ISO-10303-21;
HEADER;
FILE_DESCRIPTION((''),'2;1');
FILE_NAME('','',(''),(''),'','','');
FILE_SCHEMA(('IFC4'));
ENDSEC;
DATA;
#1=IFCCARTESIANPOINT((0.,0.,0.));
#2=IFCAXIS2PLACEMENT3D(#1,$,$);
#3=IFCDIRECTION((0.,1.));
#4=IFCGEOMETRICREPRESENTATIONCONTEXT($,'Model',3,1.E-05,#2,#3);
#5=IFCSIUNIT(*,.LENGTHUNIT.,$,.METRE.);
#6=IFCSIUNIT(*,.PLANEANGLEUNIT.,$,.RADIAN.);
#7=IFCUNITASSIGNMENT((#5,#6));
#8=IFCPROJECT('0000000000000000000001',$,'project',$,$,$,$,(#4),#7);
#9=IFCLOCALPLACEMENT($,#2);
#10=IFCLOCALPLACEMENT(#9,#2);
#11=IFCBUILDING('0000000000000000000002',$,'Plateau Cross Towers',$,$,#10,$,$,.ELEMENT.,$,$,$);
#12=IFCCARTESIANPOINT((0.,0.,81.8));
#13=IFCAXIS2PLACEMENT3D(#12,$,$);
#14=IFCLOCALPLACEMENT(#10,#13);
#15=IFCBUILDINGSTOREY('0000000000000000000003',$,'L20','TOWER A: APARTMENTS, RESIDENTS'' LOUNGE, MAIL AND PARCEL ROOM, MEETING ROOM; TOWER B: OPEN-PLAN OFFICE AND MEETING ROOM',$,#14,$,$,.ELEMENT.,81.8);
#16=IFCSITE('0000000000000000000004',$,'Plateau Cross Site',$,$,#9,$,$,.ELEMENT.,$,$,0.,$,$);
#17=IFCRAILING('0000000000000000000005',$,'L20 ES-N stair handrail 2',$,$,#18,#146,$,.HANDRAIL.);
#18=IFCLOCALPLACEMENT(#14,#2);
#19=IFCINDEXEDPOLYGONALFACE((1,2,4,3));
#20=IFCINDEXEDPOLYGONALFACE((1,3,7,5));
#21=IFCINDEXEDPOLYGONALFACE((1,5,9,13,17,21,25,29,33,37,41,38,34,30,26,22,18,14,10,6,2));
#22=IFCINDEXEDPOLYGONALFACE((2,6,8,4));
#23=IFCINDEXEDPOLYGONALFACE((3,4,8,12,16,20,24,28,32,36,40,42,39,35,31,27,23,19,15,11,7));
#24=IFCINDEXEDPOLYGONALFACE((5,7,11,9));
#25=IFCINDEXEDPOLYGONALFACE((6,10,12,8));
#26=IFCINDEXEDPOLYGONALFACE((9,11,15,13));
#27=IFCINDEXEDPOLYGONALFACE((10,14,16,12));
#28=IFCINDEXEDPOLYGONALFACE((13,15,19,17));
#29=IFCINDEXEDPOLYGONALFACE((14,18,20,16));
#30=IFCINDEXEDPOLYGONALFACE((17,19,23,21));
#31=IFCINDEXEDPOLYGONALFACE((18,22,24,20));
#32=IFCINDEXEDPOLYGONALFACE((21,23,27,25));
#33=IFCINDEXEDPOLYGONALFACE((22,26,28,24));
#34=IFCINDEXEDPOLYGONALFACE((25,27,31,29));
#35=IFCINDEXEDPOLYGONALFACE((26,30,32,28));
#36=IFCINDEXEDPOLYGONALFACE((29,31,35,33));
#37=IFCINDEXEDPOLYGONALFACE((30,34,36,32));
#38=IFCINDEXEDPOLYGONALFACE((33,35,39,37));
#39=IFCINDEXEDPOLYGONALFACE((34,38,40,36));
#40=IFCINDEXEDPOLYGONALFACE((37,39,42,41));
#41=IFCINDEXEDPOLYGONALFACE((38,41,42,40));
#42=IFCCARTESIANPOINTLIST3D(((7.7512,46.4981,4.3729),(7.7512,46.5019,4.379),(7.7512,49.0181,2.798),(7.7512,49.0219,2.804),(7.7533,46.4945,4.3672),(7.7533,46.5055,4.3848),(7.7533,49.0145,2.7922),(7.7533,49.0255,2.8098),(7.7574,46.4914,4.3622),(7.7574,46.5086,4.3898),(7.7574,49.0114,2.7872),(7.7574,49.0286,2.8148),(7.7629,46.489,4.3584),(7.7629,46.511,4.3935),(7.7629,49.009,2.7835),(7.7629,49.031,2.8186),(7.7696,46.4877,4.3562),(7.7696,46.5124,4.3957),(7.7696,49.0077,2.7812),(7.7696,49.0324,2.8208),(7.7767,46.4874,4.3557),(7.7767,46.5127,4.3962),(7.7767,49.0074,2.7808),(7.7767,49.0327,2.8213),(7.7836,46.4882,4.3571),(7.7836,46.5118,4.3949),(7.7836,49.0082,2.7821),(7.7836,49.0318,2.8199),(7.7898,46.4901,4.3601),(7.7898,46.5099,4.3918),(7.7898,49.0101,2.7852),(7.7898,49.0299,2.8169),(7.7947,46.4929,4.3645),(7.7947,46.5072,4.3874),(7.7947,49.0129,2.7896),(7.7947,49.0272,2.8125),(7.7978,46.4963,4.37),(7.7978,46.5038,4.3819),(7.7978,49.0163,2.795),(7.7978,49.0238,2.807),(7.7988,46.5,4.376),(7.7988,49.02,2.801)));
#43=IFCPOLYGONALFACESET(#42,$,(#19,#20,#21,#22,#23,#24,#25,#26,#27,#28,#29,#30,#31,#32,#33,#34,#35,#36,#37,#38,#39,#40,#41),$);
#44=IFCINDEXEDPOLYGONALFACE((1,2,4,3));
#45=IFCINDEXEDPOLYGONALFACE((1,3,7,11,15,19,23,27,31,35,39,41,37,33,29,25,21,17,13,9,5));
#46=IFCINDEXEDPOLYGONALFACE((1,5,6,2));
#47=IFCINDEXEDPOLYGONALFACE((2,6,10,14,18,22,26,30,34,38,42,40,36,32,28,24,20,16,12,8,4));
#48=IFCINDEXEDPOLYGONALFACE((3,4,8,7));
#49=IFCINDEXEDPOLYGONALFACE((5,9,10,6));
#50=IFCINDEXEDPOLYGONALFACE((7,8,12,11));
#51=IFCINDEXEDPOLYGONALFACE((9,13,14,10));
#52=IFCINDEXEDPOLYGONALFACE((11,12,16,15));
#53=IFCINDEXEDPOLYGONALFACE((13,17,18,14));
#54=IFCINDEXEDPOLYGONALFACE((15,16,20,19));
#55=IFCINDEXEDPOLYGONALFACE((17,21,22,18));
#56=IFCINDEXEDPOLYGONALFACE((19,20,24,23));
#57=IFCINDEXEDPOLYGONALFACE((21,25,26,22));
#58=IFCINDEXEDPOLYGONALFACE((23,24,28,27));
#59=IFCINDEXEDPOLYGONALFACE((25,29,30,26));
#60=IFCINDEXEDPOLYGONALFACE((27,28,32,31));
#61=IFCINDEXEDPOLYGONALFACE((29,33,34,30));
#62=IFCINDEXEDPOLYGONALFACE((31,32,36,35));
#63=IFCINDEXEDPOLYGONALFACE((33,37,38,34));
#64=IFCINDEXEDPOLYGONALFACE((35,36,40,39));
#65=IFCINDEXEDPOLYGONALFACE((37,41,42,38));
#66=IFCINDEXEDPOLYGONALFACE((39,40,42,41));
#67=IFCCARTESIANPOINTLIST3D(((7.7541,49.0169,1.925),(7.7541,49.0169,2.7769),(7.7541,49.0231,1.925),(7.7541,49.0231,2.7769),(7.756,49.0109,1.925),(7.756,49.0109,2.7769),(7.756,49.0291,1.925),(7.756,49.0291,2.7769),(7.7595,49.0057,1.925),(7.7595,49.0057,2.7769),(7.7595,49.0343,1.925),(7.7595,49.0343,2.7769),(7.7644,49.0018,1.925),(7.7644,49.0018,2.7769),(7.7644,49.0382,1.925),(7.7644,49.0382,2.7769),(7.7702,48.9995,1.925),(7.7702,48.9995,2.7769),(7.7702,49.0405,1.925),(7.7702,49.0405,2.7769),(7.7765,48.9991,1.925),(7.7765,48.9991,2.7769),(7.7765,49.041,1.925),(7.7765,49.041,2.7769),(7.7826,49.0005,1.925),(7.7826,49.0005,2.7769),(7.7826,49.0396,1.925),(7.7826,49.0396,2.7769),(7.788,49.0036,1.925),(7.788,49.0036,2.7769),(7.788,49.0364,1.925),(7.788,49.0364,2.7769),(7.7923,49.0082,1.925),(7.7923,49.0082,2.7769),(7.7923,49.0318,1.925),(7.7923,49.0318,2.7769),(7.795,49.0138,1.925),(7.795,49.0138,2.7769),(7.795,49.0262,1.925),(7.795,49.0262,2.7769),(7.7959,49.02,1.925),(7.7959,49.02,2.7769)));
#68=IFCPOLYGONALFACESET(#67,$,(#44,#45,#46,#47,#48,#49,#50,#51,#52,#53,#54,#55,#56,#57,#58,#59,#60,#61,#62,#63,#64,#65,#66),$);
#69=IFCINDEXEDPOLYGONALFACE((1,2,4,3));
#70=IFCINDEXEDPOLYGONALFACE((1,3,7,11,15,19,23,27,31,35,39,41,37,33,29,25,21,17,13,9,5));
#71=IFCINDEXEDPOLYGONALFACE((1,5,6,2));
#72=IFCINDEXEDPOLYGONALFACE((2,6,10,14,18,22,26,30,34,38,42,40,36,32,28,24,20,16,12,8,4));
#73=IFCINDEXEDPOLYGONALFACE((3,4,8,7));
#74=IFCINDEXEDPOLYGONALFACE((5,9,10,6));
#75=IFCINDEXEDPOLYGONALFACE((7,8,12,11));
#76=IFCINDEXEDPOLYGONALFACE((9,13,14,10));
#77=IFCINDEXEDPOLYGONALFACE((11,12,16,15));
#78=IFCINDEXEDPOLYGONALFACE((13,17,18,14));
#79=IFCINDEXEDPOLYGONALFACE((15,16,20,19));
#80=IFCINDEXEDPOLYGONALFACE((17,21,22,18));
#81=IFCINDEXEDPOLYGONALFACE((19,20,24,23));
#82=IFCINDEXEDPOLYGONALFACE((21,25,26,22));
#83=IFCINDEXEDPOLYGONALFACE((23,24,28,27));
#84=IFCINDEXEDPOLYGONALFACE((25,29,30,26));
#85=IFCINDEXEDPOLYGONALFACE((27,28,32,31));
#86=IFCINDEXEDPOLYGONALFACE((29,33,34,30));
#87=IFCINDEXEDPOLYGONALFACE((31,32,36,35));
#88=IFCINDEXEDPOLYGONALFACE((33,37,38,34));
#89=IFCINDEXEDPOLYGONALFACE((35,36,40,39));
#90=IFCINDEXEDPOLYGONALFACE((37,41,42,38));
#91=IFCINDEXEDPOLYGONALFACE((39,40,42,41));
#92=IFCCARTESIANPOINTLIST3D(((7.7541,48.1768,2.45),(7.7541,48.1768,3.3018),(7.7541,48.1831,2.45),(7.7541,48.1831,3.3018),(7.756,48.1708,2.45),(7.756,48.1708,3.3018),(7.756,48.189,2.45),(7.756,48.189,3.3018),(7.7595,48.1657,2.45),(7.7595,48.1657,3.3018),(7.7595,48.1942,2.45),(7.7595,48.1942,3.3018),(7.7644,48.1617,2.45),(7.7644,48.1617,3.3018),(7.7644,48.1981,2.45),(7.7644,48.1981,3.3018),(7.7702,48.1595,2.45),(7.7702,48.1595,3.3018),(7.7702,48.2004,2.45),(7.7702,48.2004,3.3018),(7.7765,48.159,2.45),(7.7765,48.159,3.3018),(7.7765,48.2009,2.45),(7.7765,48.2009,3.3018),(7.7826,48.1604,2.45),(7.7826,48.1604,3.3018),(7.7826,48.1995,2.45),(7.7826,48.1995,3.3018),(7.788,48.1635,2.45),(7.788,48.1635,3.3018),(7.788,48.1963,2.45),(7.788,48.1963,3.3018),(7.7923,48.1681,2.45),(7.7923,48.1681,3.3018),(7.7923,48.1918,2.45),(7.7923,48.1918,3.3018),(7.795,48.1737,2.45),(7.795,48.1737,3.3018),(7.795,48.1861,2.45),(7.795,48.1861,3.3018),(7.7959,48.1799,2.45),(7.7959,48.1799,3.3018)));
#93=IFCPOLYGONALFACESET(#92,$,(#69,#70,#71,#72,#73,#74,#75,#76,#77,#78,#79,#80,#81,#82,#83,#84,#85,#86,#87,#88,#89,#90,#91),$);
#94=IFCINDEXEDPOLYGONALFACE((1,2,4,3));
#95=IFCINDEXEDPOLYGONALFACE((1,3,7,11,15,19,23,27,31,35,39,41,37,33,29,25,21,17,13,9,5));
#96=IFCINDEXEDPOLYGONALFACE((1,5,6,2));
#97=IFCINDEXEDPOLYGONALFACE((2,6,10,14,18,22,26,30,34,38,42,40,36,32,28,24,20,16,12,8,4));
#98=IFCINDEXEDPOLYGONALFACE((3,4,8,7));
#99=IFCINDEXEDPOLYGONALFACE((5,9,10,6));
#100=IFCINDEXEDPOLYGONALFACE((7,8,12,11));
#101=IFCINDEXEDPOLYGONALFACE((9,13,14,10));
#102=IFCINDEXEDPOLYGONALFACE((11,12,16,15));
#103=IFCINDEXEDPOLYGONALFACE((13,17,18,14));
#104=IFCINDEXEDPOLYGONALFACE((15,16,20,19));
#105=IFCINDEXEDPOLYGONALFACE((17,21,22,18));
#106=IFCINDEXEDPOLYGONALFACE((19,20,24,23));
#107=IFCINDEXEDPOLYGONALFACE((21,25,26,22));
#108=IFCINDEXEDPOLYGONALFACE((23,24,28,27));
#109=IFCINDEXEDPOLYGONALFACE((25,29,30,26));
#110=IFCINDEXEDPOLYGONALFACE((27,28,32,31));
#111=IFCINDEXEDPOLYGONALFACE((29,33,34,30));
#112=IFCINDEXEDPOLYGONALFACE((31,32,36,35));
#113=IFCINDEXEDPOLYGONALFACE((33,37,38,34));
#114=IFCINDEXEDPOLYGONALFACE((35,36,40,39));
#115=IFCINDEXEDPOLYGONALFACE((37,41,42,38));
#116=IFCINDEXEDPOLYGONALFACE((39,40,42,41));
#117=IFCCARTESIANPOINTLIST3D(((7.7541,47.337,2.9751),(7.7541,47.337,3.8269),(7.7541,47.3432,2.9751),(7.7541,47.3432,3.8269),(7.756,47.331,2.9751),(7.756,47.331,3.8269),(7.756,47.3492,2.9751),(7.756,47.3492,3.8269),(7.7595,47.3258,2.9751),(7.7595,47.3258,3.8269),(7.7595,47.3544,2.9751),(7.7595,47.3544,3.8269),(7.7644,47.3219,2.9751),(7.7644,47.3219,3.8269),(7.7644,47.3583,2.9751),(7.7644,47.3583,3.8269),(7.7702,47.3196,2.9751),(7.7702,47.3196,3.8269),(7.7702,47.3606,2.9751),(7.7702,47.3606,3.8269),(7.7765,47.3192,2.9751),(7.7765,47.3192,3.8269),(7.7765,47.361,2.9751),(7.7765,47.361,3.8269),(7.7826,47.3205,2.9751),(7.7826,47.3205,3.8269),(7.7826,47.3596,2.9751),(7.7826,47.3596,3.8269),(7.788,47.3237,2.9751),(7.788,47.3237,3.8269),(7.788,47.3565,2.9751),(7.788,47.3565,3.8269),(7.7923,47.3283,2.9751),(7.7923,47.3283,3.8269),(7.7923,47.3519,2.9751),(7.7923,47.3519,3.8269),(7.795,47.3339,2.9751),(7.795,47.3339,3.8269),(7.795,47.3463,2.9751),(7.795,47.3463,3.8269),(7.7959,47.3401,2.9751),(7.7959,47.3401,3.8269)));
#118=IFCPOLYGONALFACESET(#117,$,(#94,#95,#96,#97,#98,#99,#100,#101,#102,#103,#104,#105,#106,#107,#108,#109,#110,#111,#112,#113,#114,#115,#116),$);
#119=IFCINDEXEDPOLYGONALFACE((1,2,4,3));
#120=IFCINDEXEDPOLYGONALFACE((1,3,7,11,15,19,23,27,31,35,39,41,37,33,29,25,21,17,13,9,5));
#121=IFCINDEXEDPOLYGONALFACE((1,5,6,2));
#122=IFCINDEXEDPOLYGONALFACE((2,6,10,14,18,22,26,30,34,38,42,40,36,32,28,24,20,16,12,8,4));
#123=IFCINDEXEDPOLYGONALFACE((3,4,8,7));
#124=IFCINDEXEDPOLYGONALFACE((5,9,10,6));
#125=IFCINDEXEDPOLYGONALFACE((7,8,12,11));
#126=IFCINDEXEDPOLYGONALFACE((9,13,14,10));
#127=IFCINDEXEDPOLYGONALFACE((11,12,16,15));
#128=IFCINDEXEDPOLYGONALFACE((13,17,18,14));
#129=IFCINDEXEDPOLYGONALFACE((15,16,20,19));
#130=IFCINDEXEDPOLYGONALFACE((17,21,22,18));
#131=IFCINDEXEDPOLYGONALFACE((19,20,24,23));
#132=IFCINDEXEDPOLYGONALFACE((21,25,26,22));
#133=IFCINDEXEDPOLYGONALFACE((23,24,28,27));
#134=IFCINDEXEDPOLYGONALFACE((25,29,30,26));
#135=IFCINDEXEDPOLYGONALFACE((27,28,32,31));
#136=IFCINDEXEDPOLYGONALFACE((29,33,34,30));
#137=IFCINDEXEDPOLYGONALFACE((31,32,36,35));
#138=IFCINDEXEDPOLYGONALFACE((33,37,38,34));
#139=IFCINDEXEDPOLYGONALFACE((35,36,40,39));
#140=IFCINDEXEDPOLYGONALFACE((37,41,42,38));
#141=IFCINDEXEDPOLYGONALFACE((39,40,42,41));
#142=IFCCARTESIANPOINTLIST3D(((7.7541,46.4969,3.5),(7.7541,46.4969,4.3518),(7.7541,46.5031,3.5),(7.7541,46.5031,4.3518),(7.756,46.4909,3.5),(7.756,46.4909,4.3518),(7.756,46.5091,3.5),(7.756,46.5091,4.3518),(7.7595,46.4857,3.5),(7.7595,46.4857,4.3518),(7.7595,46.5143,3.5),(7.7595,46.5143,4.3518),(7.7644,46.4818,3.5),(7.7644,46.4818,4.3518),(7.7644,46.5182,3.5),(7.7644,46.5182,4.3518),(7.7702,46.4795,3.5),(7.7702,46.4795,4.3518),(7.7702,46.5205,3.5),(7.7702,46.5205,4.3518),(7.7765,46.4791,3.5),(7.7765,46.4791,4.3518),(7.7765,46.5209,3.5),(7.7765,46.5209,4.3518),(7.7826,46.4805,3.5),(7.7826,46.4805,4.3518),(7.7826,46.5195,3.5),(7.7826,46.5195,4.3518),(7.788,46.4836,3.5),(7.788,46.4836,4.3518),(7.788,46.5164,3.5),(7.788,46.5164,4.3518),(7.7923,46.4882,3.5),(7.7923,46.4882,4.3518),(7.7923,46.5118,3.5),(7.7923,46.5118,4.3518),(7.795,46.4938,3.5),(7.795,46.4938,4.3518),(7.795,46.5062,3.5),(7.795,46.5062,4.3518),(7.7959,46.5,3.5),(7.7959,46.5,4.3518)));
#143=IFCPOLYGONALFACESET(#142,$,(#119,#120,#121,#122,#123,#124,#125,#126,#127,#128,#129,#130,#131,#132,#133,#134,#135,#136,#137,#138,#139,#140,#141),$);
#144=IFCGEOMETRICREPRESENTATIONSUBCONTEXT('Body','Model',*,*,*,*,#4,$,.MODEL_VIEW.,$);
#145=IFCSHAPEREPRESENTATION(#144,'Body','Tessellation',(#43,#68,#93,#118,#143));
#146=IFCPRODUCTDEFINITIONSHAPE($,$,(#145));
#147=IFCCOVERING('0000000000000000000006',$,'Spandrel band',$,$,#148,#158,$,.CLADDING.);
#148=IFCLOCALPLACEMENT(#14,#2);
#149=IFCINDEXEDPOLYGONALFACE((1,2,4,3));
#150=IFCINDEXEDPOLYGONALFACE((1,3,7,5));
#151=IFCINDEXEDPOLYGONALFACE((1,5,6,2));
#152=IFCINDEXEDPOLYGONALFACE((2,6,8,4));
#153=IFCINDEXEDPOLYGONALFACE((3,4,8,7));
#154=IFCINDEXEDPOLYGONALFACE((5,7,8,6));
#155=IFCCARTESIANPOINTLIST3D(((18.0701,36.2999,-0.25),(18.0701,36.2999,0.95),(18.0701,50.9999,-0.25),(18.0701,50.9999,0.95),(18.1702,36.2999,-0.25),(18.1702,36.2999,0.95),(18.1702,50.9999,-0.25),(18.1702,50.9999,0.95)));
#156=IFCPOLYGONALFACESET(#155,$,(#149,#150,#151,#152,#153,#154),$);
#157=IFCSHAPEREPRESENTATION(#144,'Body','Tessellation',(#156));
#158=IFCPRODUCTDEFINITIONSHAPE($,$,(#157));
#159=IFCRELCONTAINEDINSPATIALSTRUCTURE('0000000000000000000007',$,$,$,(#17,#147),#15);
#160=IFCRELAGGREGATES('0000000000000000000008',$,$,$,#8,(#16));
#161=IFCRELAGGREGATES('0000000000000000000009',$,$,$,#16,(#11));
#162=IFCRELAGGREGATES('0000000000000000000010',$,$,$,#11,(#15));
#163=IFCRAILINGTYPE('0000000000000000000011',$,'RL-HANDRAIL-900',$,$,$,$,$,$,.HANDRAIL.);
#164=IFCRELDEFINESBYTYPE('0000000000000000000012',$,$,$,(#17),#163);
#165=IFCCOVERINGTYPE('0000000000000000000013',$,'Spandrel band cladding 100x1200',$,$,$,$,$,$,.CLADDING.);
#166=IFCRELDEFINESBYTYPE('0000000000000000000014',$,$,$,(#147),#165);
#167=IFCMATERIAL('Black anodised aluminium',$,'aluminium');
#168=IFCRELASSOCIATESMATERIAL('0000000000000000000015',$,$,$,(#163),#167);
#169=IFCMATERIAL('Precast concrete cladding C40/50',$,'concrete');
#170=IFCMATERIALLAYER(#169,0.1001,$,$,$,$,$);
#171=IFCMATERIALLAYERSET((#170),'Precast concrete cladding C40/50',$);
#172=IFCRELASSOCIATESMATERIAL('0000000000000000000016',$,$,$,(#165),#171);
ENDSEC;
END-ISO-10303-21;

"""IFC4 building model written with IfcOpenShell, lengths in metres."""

from ifc_helpers import new_model, si_unit, direction, frame, origin, origin_2d, place, context, subcontext, project, spatial, rectangle, circle, extrude, material, layer, layer_set, type_object, element, save


model = new_model("IFC4")

# Units and contexts
model_context = context("Model", 3, precision=1e-05, world=origin(), true_north=direction((0.0, 1.0)))
body_context = subcontext(model_context, "Body", "Model", "MODEL_VIEW")
ifc_project = project(units=[si_unit("LENGTHUNIT", "METRE"), si_unit("PLANEANGLEUNIT", "RADIAN")], contexts=[model_context])

# Site, building, storey
site_placement = place(None, origin())
site = spatial("IfcSite", under=ifc_project, at=site_placement, Name="Plateau Cross Site", CompositionType="ELEMENT", RefElevation=0.0)
building_placement = place(site_placement, origin())
building = spatial("IfcBuilding", under=site, at=building_placement, Name="Plateau Cross Towers", CompositionType="ELEMENT")
storey_placement = place(building_placement, frame((0.0, 0.0, 81.8)))
storey = spatial("IfcBuildingStorey", under=building, at=storey_placement, Name="L20", Description="TOWER A: APARTMENTS, RESIDENTS' LOUNGE, MAIL AND PARCEL ROOM, MEETING ROOM; TOWER B: OPEN-PLAN OFFICE AND MEETING ROOM", CompositionType="ELEMENT", Elevation=81.8)

# Shared definitions
ifc_material_1 = material(Name="Black anodised aluminium", Category="aluminium")

# Railing
railing_type_1 = type_object("IfcRailingType", Name="RL-HANDRAIL-900", PredefinedType="HANDRAIL", material=ifc_material_1)
railing_1_placement = place(storey_placement, frame((7.7749, 49.02, 1.925)))
element("IfcRailing", 1, at=railing_1_placement, inside=storey, type_object=railing_type_1, Name="L20 ES-N stair handrail 2", PredefinedType="HANDRAIL", context=body_context, shape_type="SweptSolid", body=[
    extrude(circle(Radius=0.0239, at=origin_2d()), frame((0.0, 0.0, 0.876), z_axis=(0.0, -0.848008, 0.529984), x_axis=(1.0, 0.0, 0.0)), (0.0, 0.0, 1.0), 2.9717),
    extrude(circle(Radius=0.021, at=origin_2d()), origin(), (0.0, 0.0, 1.0), 0.8518),
    extrude(circle(Radius=0.021, at=origin_2d()), frame((0.0, -0.8401, 0.5249)), (0.0, 0.0, 1.0), 0.8518),
    extrude(circle(Radius=0.021, at=origin_2d()), frame((0.0, -1.6799, 1.05)), (0.0, 0.0, 1.0), 0.8518),
    extrude(circle(Radius=0.021, at=origin_2d()), frame((0.0, -2.52, 1.575)), (0.0, 0.0, 1.0), 0.8518),
])

# Covering
ifc_material_2 = material(Name="Precast concrete cladding C40/50", Category="concrete")
ifc_layer_1 = layer(ifc_material_2, 0.1001)
ifc_layer_set_1 = layer_set([ifc_layer_1], Name="Precast concrete cladding C40/50")
covering_type = type_object("IfcCoveringType", Name="Spandrel band cladding 100x1200", PredefinedType="CLADDING", material=ifc_layer_set_1)
covering_placement = place(storey_placement, frame((18.1201, 43.6499, -0.25), z_axis=(0.0, 0.0, 1.0), x_axis=(0.0, 1.0, 0.0)))
element("IfcCovering", 2, at=covering_placement, inside=storey, type_object=covering_type, Name="Spandrel band", PredefinedType="CLADDING", context=body_context, shape_type="SweptSolid", body=[
    extrude(rectangle(XDim=14.7, YDim=0.1001, at=origin_2d()), origin(), (0.0, 0.0, 1.0), 1.2),
])

save(model, "model.ifc")
